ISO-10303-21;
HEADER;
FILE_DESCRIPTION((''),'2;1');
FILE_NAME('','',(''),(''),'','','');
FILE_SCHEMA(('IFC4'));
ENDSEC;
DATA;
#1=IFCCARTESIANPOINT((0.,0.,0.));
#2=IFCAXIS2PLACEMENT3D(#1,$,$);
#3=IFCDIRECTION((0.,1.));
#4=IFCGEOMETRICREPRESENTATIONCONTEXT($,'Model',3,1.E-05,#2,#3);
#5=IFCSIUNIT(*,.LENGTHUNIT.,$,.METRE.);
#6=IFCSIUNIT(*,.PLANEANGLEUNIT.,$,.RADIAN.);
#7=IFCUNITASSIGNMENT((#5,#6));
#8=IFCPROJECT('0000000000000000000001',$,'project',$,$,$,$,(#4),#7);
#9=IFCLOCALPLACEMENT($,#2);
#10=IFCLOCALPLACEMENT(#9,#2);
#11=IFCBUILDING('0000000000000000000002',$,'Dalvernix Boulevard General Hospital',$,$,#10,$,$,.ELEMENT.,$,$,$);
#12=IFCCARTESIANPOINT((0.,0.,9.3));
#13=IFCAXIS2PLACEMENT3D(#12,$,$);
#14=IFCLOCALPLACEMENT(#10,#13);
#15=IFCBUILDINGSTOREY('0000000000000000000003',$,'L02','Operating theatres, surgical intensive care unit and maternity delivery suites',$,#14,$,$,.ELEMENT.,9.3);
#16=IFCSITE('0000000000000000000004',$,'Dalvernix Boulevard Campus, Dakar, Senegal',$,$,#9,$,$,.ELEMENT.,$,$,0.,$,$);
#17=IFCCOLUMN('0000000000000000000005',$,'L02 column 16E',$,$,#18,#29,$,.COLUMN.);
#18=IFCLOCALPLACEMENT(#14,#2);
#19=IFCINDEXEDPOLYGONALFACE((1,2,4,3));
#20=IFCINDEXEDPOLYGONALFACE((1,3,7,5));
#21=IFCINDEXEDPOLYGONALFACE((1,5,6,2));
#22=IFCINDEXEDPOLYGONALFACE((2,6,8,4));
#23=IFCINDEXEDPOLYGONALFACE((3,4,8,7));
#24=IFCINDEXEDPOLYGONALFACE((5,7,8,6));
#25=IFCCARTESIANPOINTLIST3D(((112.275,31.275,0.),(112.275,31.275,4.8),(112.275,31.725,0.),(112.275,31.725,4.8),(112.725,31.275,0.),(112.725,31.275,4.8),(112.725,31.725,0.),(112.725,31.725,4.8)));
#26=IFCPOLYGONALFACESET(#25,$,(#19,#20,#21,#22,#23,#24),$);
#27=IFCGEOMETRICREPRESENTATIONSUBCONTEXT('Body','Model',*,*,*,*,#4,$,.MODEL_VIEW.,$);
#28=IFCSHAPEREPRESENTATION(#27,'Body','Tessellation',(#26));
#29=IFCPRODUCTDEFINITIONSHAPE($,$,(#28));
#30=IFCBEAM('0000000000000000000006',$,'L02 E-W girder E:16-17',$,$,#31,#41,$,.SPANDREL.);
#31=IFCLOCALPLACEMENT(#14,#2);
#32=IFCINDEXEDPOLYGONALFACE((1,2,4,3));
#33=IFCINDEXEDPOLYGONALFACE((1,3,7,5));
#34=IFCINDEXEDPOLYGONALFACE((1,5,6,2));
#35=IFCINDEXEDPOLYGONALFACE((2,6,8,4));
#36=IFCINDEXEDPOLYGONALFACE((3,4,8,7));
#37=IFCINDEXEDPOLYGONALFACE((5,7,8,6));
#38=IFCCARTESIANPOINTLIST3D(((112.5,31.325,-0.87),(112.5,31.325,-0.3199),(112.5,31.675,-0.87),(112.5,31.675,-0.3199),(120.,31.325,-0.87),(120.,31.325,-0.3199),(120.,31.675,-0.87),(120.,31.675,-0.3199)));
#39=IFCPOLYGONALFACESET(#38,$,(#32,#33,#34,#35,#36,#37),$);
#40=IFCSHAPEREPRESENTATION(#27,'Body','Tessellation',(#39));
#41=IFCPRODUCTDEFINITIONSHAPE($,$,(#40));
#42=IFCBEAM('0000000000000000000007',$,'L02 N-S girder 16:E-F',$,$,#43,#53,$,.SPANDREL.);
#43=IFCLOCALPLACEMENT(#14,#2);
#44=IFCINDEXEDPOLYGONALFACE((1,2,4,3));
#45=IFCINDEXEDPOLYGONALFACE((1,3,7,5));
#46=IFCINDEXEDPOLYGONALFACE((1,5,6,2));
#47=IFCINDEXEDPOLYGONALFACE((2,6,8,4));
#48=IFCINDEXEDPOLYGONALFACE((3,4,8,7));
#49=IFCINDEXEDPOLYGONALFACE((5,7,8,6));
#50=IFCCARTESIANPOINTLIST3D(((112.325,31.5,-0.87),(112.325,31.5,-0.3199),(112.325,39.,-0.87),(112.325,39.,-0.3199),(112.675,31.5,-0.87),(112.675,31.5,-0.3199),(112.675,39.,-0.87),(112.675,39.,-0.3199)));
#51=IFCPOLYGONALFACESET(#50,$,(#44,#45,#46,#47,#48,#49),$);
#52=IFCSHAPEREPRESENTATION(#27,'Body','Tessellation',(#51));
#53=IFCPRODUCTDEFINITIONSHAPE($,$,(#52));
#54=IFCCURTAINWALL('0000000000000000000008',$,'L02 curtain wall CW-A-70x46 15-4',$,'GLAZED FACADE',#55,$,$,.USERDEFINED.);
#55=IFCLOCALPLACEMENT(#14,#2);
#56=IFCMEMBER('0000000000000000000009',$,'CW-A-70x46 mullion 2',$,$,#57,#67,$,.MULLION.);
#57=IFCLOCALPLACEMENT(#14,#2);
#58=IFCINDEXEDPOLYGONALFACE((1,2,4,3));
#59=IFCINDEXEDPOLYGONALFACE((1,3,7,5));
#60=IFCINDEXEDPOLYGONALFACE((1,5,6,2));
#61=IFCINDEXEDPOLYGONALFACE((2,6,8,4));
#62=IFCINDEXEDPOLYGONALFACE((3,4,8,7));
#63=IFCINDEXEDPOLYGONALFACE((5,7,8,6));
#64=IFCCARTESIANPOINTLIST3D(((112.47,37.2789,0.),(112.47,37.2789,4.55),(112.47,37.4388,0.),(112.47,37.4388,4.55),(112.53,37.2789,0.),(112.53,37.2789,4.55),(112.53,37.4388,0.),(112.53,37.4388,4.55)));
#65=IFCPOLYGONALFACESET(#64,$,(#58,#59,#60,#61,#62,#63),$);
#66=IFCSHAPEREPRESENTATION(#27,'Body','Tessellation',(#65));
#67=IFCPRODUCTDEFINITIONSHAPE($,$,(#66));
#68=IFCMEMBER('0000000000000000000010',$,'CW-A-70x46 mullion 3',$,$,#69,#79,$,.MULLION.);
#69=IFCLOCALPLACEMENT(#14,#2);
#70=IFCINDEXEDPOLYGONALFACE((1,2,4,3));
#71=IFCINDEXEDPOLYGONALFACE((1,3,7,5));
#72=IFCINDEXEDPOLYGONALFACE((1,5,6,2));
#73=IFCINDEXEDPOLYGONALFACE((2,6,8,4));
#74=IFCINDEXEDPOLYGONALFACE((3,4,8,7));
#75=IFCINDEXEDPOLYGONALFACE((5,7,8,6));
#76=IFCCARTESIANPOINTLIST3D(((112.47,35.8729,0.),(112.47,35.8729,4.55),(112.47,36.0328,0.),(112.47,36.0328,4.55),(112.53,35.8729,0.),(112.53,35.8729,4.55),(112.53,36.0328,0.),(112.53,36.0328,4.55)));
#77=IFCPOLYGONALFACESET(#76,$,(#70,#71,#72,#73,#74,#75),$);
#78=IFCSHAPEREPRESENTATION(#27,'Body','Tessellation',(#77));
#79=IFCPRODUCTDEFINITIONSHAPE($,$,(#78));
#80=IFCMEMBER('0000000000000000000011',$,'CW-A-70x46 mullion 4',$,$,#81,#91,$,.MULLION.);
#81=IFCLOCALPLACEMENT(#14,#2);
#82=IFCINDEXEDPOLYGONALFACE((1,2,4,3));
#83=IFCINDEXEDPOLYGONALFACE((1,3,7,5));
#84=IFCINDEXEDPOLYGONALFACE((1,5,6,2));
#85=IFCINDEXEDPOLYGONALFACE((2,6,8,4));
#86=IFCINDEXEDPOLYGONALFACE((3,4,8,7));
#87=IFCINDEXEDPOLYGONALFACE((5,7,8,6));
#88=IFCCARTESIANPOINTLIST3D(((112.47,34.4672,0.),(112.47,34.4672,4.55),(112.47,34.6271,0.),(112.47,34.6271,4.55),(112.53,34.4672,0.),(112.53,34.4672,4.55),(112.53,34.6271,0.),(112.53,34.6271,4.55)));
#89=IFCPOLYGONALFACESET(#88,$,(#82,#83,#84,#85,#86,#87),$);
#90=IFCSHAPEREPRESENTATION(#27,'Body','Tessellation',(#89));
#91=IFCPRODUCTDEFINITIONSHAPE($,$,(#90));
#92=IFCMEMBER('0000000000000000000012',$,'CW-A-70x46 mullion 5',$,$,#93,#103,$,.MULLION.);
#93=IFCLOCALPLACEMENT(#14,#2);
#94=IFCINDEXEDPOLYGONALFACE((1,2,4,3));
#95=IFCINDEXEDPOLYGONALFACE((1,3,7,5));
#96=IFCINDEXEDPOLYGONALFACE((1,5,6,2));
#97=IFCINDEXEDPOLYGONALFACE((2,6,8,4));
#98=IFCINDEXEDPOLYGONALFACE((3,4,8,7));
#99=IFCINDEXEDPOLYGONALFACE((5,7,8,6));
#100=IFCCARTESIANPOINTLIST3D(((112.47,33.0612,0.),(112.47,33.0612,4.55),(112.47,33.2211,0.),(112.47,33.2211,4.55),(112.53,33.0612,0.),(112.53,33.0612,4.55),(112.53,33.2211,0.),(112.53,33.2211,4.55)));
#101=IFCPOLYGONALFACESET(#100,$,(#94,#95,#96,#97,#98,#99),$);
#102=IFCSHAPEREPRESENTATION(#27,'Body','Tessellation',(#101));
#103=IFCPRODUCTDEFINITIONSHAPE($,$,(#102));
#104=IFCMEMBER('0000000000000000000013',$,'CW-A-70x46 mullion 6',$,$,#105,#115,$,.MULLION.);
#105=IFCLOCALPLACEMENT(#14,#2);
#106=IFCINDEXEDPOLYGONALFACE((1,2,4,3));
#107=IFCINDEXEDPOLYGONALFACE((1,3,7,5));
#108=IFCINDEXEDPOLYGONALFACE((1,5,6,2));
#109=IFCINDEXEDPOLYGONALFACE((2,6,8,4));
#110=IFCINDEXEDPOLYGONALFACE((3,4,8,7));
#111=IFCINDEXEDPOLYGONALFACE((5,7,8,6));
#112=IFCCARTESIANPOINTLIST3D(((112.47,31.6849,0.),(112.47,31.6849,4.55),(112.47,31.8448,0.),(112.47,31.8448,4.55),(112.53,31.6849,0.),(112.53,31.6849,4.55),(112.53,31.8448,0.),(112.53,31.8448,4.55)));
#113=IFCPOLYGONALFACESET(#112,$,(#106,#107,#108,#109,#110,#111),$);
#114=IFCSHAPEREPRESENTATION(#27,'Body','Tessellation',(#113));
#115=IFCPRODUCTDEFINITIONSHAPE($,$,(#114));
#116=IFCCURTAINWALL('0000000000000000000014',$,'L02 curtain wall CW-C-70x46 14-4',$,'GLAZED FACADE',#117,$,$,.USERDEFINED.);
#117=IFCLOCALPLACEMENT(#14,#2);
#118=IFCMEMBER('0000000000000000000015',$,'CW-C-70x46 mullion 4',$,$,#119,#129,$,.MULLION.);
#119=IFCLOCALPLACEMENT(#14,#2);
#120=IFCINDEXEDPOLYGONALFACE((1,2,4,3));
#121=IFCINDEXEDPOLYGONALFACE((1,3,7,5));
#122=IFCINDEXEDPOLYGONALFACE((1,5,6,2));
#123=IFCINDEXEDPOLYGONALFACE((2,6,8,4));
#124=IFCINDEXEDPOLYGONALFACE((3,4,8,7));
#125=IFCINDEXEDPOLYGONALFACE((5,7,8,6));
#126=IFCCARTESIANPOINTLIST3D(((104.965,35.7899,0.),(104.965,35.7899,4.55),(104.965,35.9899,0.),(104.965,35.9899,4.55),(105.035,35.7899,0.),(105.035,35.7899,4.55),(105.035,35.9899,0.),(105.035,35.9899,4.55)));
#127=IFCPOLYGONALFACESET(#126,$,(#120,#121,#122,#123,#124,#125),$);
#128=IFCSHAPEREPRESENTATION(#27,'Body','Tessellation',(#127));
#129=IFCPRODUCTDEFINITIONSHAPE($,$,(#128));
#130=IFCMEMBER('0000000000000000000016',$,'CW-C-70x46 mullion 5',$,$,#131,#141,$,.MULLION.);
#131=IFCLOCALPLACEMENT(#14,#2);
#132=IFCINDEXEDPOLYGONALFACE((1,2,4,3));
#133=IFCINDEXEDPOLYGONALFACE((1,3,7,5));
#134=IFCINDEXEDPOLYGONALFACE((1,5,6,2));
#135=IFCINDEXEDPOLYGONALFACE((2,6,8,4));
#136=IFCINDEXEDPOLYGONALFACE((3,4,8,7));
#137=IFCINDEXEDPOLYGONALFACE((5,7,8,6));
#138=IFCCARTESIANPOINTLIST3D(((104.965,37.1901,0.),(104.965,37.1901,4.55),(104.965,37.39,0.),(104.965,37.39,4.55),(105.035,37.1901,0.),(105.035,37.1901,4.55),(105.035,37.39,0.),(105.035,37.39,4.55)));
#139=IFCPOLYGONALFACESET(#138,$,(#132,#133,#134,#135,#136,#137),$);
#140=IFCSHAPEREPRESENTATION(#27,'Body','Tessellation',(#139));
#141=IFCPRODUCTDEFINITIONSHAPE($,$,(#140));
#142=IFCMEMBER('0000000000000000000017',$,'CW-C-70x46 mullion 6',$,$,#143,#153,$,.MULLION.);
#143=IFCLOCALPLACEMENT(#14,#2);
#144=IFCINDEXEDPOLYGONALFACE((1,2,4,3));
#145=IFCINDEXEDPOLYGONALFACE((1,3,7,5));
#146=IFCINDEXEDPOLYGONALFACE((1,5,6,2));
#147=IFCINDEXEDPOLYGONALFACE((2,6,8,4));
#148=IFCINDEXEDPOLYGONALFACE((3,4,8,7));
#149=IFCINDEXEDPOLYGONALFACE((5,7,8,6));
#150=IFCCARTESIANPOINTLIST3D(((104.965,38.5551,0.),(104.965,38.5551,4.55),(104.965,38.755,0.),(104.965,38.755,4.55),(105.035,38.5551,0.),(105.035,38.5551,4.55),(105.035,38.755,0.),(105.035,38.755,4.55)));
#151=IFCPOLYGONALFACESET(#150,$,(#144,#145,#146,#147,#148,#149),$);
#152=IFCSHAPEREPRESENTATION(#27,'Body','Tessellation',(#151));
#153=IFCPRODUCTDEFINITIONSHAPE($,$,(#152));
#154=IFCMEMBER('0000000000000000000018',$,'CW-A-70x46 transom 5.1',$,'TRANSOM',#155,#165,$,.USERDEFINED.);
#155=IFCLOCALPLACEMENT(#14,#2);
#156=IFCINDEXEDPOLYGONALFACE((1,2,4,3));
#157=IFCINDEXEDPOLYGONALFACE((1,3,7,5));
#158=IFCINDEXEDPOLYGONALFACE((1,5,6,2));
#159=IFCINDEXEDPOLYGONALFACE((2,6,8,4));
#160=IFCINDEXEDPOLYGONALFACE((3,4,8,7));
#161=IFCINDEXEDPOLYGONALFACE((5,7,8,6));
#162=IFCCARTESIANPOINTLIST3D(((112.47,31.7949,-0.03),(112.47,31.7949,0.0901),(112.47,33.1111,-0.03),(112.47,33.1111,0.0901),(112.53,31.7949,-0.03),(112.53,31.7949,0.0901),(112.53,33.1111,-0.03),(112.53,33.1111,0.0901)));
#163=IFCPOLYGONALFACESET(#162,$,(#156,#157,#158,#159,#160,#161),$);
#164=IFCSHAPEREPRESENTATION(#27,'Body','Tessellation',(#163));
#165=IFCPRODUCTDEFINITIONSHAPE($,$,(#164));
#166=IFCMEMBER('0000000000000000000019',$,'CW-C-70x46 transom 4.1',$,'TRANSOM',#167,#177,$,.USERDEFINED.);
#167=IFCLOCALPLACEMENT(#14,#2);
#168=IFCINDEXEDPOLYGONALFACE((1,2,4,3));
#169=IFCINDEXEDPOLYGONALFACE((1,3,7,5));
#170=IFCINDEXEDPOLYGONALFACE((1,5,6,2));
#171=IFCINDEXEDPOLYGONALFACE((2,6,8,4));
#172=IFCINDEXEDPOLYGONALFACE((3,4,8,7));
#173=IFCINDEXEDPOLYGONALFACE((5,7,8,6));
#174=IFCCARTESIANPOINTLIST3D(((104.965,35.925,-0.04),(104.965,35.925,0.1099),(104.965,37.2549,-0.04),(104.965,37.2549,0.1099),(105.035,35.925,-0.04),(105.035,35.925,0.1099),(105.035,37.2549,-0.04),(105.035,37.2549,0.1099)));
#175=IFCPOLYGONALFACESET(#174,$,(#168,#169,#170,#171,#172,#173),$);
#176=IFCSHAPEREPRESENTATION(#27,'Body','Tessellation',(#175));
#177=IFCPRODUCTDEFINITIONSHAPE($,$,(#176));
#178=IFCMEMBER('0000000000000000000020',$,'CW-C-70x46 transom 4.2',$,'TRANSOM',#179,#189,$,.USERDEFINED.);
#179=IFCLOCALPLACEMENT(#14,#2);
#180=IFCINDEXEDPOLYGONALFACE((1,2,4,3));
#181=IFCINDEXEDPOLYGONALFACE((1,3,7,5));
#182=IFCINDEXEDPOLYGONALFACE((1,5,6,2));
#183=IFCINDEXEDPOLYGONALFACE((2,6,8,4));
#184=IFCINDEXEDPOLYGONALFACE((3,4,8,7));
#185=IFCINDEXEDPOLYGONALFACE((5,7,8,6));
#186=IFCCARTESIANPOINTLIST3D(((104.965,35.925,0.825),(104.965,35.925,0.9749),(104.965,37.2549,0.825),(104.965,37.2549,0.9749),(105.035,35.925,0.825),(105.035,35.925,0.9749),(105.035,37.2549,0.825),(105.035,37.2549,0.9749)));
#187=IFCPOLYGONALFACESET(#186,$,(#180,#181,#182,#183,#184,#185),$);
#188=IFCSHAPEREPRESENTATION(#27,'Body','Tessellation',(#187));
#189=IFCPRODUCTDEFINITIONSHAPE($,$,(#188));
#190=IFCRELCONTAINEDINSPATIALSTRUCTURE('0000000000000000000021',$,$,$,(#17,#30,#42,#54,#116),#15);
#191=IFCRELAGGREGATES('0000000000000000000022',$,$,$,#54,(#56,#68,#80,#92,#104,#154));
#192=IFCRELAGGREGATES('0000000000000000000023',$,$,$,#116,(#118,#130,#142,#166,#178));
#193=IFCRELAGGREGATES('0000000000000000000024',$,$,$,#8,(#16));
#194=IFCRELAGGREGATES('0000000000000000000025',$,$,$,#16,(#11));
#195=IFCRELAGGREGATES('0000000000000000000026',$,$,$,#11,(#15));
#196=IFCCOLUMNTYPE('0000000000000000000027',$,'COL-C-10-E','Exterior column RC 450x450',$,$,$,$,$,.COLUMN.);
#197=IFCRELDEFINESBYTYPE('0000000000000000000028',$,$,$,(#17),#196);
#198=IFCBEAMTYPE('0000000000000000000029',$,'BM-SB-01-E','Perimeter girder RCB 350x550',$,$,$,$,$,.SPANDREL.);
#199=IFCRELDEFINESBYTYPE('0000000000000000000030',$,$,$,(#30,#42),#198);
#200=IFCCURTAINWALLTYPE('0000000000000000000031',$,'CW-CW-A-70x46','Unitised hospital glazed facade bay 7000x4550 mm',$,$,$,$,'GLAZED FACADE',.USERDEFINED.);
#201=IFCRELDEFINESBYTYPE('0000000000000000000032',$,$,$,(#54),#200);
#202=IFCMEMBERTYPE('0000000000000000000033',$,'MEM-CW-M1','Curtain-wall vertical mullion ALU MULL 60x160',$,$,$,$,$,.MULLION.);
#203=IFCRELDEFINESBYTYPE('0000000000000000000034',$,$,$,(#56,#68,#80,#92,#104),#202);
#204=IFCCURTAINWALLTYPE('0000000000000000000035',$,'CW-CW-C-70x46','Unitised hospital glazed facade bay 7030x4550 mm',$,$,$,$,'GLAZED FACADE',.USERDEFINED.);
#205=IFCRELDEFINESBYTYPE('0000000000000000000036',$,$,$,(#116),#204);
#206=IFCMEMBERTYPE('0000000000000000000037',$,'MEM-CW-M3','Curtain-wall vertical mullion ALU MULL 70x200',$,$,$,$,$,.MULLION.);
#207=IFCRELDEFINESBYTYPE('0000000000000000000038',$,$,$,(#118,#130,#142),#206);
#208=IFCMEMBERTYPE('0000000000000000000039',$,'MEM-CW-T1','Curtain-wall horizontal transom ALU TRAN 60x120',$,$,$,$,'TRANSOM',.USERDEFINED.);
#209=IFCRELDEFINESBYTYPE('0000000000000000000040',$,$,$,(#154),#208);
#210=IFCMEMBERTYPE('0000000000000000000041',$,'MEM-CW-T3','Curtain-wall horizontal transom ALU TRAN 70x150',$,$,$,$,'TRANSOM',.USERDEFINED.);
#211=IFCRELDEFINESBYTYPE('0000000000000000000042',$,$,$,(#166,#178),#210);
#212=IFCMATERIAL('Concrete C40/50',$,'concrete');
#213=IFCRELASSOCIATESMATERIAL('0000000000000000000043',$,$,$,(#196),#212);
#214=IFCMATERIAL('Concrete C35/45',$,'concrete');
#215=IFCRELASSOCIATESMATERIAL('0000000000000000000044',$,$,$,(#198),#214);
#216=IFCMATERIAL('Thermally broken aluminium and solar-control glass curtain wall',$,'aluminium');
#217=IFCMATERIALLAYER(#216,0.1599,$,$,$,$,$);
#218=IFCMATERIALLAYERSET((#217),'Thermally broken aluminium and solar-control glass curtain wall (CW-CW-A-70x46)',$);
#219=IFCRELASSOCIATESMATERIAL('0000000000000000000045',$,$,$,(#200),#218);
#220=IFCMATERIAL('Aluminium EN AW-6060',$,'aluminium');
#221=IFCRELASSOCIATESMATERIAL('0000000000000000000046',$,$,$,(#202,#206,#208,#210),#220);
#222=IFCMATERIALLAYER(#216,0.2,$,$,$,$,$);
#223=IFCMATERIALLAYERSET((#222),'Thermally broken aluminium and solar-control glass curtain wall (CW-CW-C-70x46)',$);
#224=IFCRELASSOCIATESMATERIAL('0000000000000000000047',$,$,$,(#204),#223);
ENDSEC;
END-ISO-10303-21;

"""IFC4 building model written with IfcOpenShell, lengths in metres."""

from ifc_helpers import new_model, si_unit, direction, frame, origin, origin_2d, place, context, subcontext, project, spatial, rectangle, extrude, material, layer, layer_set, material_profile, profile_set, type_object, element, aggregate, save


model = new_model("IFC4")

# Units and contexts
model_context = context("Model", 3, precision=1e-05, world=origin(), true_north=direction((0.0, 1.0)))
body_context = subcontext(model_context, "Body", "Model", "MODEL_VIEW")
ifc_project = project(units=[si_unit("LENGTHUNIT", "METRE"), si_unit("PLANEANGLEUNIT", "RADIAN")], contexts=[model_context])

# Site, building, storey
site_placement = place(None, origin())
site = spatial("IfcSite", under=ifc_project, at=site_placement, Name="Dalvernix Boulevard Campus, Dakar, Senegal", CompositionType="ELEMENT", RefElevation=0.0)
building_placement = place(site_placement, origin())
building = spatial("IfcBuilding", under=site, at=building_placement, Name="Dalvernix Boulevard General Hospital", CompositionType="ELEMENT")
storey_placement = place(building_placement, frame((0.0, 0.0, 9.3)))
storey = spatial("IfcBuildingStorey", under=building, at=storey_placement, Name="L02", Description="Operating theatres, surgical intensive care unit and maternity delivery suites", CompositionType="ELEMENT", Elevation=9.3)

# Column
ifc_material_1 = material(Name="Concrete C40/50", Category="concrete")
ifc_material_profile_1 = material_profile(ifc_material_1, rectangle(XDim=0.45, YDim=0.45, at=origin_2d()), Name="RC 450x450")
ifc_profile_set_1 = profile_set([ifc_material_profile_1], Name="Concrete C40/50")
column_type = type_object("IfcColumnType", Name="COL-C-10-E", Description="Exterior column RC 450x450", PredefinedType="COLUMN", material=ifc_profile_set_1)
column_placement = place(storey_placement, frame((112.5, 31.5, 0.0), z_axis=(0.0, 0.0, 1.0), x_axis=(1.0, 0.0, 0.0)))
element("IfcColumn", 1, at=column_placement, inside=storey, type_object=column_type, Name="L02 column 16E", PredefinedType="COLUMN", context=body_context, shape_type="SweptSolid", body=[
    extrude(rectangle(XDim=0.45, YDim=0.45, at=origin_2d()), origin(), (0.0, 0.0, 1.0), 4.8),
])

# Beams
ifc_material_2 = material(Name="Concrete C35/45", Category="concrete")
ifc_material_profile_2 = material_profile(ifc_material_2, rectangle(XDim=0.3501, YDim=0.55, at=origin_2d()), Name="RCB 350x550")
ifc_profile_set_2 = profile_set([ifc_material_profile_2], Name="Concrete C35/45")
beam_type = type_object("IfcBeamType", Name="BM-SB-01-E", Description="Perimeter girder RCB 350x550", PredefinedType="SPANDREL", material=ifc_profile_set_2)
for number, where, z_axis, x_axis, name in (
    (2, (112.5, 31.5, -0.595), (1.0, 0.0, 0.0), (0.0, 1.0, 0.0), "L02 E-W girder E:16-17"),
    (3, (112.5, 31.5, -0.595), (0.0, 1.0, 0.0), (-1.0, 0.0, 0.0), "L02 N-S girder 16:E-F"),
):
    element("IfcBeam", number, at=place(storey_placement, frame(where, z_axis=z_axis, x_axis=x_axis)), inside=storey, type_object=beam_type, Name=name, PredefinedType="SPANDREL", context=body_context, shape_type="SweptSolid", body=[
        extrude(rectangle(XDim=0.3501, YDim=0.55, at=origin_2d()), origin(), (0.0, 0.0, 1.0), 7.5),
    ])

# Curtain walls, members
ifc_material_3 = material(Name="Thermally broken aluminium and solar-control glass curtain wall", Category="aluminium")
ifc_layer_1 = layer(ifc_material_3, 0.1599)
ifc_layer_set_1 = layer_set([ifc_layer_1], Name="Thermally broken aluminium and solar-control glass curtain wall (CW-CW-A-70x46)")
curtain_wall_type_1 = type_object("IfcCurtainWallType", Name="CW-CW-A-70x46", Description="Unitised hospital glazed facade bay 7000x4550 mm", ElementType="GLAZED FACADE", PredefinedType="USERDEFINED", material=ifc_layer_set_1)
curtain_wall_1_placement = place(storey_placement, origin())
curtain_wall_1 = element("IfcCurtainWall", 4, at=curtain_wall_1_placement, inside=storey, type_object=curtain_wall_type_1, Name="L02 curtain wall CW-A-70x46 15-4", ObjectType="GLAZED FACADE", PredefinedType="USERDEFINED")
ifc_material_4 = material(Name="Aluminium EN AW-6060", Category="aluminium")
ifc_material_profile_3 = material_profile(ifc_material_4, rectangle(XDim=0.0601, YDim=0.1599, at=origin_2d()), Name="ALU MULL 60x160")
ifc_profile_set_3 = profile_set([ifc_material_profile_3], Name="Aluminium EN AW-6060")
member_type_1 = type_object("IfcMemberType", Name="MEM-CW-M1", Description="Curtain-wall vertical mullion ALU MULL 60x160", PredefinedType="MULLION", material=ifc_profile_set_3)
member_1_placement = place(storey_placement, frame((112.5, 37.3589, 0.0), z_axis=(0.0, 0.0, 1.0), x_axis=(1.0, 0.0, 0.0)))
member_1 = element("IfcMember", 5, at=member_1_placement, type_object=member_type_1, Name="CW-A-70x46 mullion 2", PredefinedType="MULLION", context=body_context, shape_type="SweptSolid", body=[
    extrude(rectangle(XDim=0.0601, YDim=0.1599, at=origin_2d()), origin(), (0.0, 0.0, 1.0), 4.55),
])
member_2_placement = place(storey_placement, frame((112.5, 35.9529, 0.0), z_axis=(0.0, 0.0, 1.0), x_axis=(1.0, 0.0, 0.0)))
member_2 = element("IfcMember", 6, at=member_2_placement, type_object=member_type_1, Name="CW-A-70x46 mullion 3", PredefinedType="MULLION", context=body_context, shape_type="SweptSolid", body=[
    extrude(rectangle(XDim=0.0601, YDim=0.1599, at=origin_2d()), origin(), (0.0, 0.0, 1.0), 4.55),
])
member_3_placement = place(storey_placement, frame((112.5, 34.5471, 0.0), z_axis=(0.0, 0.0, 1.0), x_axis=(1.0, 0.0, 0.0)))
member_3 = element("IfcMember", 7, at=member_3_placement, type_object=member_type_1, Name="CW-A-70x46 mullion 4", PredefinedType="MULLION", context=body_context, shape_type="SweptSolid", body=[
    extrude(rectangle(XDim=0.0601, YDim=0.1599, at=origin_2d()), origin(), (0.0, 0.0, 1.0), 4.55),
])
member_4_placement = place(storey_placement, frame((112.5, 33.1411, 0.0), z_axis=(0.0, 0.0, 1.0), x_axis=(1.0, 0.0, 0.0)))
member_4 = element("IfcMember", 8, at=member_4_placement, type_object=member_type_1, Name="CW-A-70x46 mullion 5", PredefinedType="MULLION", context=body_context, shape_type="SweptSolid", body=[
    extrude(rectangle(XDim=0.0601, YDim=0.1599, at=origin_2d()), origin(), (0.0, 0.0, 1.0), 4.55),
])
member_5_placement = place(storey_placement, frame((112.5, 31.7649, 0.0), z_axis=(0.0, 0.0, 1.0), x_axis=(1.0, 0.0, 0.0)))
member_5 = element("IfcMember", 9, at=member_5_placement, type_object=member_type_1, Name="CW-A-70x46 mullion 6", PredefinedType="MULLION", context=body_context, shape_type="SweptSolid", body=[
    extrude(rectangle(XDim=0.0601, YDim=0.1599, at=origin_2d()), origin(), (0.0, 0.0, 1.0), 4.55),
])
ifc_layer_2 = layer(ifc_material_3, 0.2)
ifc_layer_set_2 = layer_set([ifc_layer_2], Name="Thermally broken aluminium and solar-control glass curtain wall (CW-CW-C-70x46)")
curtain_wall_type_2 = type_object("IfcCurtainWallType", Name="CW-CW-C-70x46", Description="Unitised hospital glazed facade bay 7030x4550 mm", ElementType="GLAZED FACADE", PredefinedType="USERDEFINED", material=ifc_layer_set_2)
curtain_wall_2_placement = place(storey_placement, origin())
curtain_wall_2 = element("IfcCurtainWall", 10, at=curtain_wall_2_placement, inside=storey, type_object=curtain_wall_type_2, Name="L02 curtain wall CW-C-70x46 14-4", ObjectType="GLAZED FACADE", PredefinedType="USERDEFINED")
ifc_material_profile_4 = material_profile(ifc_material_4, rectangle(XDim=0.0701, YDim=0.2, at=origin_2d()), Name="ALU MULL 70x200")
ifc_profile_set_4 = profile_set([ifc_material_profile_4], Name="Aluminium EN AW-6060")
member_type_2 = type_object("IfcMemberType", Name="MEM-CW-M3", Description="Curtain-wall vertical mullion ALU MULL 70x200", PredefinedType="MULLION", material=ifc_profile_set_4)
member_6_placement = place(storey_placement, frame((105.0, 35.8899, 0.0), z_axis=(0.0, 0.0, 1.0), x_axis=(-1.0, 0.0, 0.0)))
member_6 = element("IfcMember", 11, at=member_6_placement, type_object=member_type_2, Name="CW-C-70x46 mullion 4", PredefinedType="MULLION", context=body_context, shape_type="SweptSolid", body=[
    extrude(rectangle(XDim=0.0701, YDim=0.2, at=origin_2d()), origin(), (0.0, 0.0, 1.0), 4.55),
])
member_7_placement = place(storey_placement, frame((105.0, 37.29, 0.0), z_axis=(0.0, 0.0, 1.0), x_axis=(-1.0, 0.0, 0.0)))
member_7 = element("IfcMember", 12, at=member_7_placement, type_object=member_type_2, Name="CW-C-70x46 mullion 5", PredefinedType="MULLION", context=body_context, shape_type="SweptSolid", body=[
    extrude(rectangle(XDim=0.0701, YDim=0.2, at=origin_2d()), origin(), (0.0, 0.0, 1.0), 4.55),
])
member_8_placement = place(storey_placement, frame((105.0, 38.655, 0.0), z_axis=(0.0, 0.0, 1.0), x_axis=(-1.0, 0.0, 0.0)))
member_8 = element("IfcMember", 13, at=member_8_placement, type_object=member_type_2, Name="CW-C-70x46 mullion 6", PredefinedType="MULLION", context=body_context, shape_type="SweptSolid", body=[
    extrude(rectangle(XDim=0.0701, YDim=0.2, at=origin_2d()), origin(), (0.0, 0.0, 1.0), 4.55),
])

# Members
ifc_material_profile_5 = material_profile(ifc_material_4, rectangle(XDim=0.0601, YDim=0.1201, at=origin_2d()), Name="ALU TRAN 60x120")
ifc_profile_set_5 = profile_set([ifc_material_profile_5], Name="Aluminium EN AW-6060")
member_type_3 = type_object("IfcMemberType", Name="MEM-CW-T1", Description="Curtain-wall horizontal transom ALU TRAN 60x120", ElementType="TRANSOM", PredefinedType="USERDEFINED", material=ifc_profile_set_5)
member_9_placement = place(storey_placement, frame((112.5, 33.1111, 0.03), z_axis=(0.0, -1.0, 0.0), x_axis=(1.0, 0.0, 0.0)))
member_9 = element("IfcMember", 14, at=member_9_placement, type_object=member_type_3, Name="CW-A-70x46 transom 5.1", ObjectType="TRANSOM", PredefinedType="USERDEFINED", context=body_context, shape_type="SweptSolid", body=[
    extrude(rectangle(XDim=0.0601, YDim=0.1201, at=origin_2d()), origin(), (0.0, 0.0, 1.0), 1.3162),
])
aggregate(curtain_wall_1, [member_1, member_2, member_3, member_4, member_5, member_9])
ifc_material_profile_6 = material_profile(ifc_material_4, rectangle(XDim=0.0701, YDim=0.1499, at=origin_2d()), Name="ALU TRAN 70x150")
ifc_profile_set_6 = profile_set([ifc_material_profile_6], Name="Aluminium EN AW-6060")
member_type_4 = type_object("IfcMemberType", Name="MEM-CW-T3", Description="Curtain-wall horizontal transom ALU TRAN 70x150", ElementType="TRANSOM", PredefinedType="USERDEFINED", material=ifc_profile_set_6)
member_10_placement = place(storey_placement, frame((105.0, 35.925, 0.0349), z_axis=(0.0, 1.0, 0.0), x_axis=(-1.0, 0.0, 0.0)))
member_10 = element("IfcMember", 15, at=member_10_placement, type_object=member_type_4, Name="CW-C-70x46 transom 4.1", ObjectType="TRANSOM", PredefinedType="USERDEFINED", context=body_context, shape_type="SweptSolid", body=[
    extrude(rectangle(XDim=0.0701, YDim=0.1499, at=origin_2d()), origin(), (0.0, 0.0, 1.0), 1.3298),
])
member_11_placement = place(storey_placement, frame((105.0, 35.925, 0.8999), z_axis=(0.0, 1.0, 0.0), x_axis=(-1.0, 0.0, 0.0)))
member_11 = element("IfcMember", 16, at=member_11_placement, type_object=member_type_4, Name="CW-C-70x46 transom 4.2", ObjectType="TRANSOM", PredefinedType="USERDEFINED", context=body_context, shape_type="SweptSolid", body=[
    extrude(rectangle(XDim=0.0701, YDim=0.1499, at=origin_2d()), origin(), (0.0, 0.0, 1.0), 1.3298),
])

aggregate(curtain_wall_2, [member_6, member_7, member_8, member_10, member_11])

save(model, "model.ifc")
